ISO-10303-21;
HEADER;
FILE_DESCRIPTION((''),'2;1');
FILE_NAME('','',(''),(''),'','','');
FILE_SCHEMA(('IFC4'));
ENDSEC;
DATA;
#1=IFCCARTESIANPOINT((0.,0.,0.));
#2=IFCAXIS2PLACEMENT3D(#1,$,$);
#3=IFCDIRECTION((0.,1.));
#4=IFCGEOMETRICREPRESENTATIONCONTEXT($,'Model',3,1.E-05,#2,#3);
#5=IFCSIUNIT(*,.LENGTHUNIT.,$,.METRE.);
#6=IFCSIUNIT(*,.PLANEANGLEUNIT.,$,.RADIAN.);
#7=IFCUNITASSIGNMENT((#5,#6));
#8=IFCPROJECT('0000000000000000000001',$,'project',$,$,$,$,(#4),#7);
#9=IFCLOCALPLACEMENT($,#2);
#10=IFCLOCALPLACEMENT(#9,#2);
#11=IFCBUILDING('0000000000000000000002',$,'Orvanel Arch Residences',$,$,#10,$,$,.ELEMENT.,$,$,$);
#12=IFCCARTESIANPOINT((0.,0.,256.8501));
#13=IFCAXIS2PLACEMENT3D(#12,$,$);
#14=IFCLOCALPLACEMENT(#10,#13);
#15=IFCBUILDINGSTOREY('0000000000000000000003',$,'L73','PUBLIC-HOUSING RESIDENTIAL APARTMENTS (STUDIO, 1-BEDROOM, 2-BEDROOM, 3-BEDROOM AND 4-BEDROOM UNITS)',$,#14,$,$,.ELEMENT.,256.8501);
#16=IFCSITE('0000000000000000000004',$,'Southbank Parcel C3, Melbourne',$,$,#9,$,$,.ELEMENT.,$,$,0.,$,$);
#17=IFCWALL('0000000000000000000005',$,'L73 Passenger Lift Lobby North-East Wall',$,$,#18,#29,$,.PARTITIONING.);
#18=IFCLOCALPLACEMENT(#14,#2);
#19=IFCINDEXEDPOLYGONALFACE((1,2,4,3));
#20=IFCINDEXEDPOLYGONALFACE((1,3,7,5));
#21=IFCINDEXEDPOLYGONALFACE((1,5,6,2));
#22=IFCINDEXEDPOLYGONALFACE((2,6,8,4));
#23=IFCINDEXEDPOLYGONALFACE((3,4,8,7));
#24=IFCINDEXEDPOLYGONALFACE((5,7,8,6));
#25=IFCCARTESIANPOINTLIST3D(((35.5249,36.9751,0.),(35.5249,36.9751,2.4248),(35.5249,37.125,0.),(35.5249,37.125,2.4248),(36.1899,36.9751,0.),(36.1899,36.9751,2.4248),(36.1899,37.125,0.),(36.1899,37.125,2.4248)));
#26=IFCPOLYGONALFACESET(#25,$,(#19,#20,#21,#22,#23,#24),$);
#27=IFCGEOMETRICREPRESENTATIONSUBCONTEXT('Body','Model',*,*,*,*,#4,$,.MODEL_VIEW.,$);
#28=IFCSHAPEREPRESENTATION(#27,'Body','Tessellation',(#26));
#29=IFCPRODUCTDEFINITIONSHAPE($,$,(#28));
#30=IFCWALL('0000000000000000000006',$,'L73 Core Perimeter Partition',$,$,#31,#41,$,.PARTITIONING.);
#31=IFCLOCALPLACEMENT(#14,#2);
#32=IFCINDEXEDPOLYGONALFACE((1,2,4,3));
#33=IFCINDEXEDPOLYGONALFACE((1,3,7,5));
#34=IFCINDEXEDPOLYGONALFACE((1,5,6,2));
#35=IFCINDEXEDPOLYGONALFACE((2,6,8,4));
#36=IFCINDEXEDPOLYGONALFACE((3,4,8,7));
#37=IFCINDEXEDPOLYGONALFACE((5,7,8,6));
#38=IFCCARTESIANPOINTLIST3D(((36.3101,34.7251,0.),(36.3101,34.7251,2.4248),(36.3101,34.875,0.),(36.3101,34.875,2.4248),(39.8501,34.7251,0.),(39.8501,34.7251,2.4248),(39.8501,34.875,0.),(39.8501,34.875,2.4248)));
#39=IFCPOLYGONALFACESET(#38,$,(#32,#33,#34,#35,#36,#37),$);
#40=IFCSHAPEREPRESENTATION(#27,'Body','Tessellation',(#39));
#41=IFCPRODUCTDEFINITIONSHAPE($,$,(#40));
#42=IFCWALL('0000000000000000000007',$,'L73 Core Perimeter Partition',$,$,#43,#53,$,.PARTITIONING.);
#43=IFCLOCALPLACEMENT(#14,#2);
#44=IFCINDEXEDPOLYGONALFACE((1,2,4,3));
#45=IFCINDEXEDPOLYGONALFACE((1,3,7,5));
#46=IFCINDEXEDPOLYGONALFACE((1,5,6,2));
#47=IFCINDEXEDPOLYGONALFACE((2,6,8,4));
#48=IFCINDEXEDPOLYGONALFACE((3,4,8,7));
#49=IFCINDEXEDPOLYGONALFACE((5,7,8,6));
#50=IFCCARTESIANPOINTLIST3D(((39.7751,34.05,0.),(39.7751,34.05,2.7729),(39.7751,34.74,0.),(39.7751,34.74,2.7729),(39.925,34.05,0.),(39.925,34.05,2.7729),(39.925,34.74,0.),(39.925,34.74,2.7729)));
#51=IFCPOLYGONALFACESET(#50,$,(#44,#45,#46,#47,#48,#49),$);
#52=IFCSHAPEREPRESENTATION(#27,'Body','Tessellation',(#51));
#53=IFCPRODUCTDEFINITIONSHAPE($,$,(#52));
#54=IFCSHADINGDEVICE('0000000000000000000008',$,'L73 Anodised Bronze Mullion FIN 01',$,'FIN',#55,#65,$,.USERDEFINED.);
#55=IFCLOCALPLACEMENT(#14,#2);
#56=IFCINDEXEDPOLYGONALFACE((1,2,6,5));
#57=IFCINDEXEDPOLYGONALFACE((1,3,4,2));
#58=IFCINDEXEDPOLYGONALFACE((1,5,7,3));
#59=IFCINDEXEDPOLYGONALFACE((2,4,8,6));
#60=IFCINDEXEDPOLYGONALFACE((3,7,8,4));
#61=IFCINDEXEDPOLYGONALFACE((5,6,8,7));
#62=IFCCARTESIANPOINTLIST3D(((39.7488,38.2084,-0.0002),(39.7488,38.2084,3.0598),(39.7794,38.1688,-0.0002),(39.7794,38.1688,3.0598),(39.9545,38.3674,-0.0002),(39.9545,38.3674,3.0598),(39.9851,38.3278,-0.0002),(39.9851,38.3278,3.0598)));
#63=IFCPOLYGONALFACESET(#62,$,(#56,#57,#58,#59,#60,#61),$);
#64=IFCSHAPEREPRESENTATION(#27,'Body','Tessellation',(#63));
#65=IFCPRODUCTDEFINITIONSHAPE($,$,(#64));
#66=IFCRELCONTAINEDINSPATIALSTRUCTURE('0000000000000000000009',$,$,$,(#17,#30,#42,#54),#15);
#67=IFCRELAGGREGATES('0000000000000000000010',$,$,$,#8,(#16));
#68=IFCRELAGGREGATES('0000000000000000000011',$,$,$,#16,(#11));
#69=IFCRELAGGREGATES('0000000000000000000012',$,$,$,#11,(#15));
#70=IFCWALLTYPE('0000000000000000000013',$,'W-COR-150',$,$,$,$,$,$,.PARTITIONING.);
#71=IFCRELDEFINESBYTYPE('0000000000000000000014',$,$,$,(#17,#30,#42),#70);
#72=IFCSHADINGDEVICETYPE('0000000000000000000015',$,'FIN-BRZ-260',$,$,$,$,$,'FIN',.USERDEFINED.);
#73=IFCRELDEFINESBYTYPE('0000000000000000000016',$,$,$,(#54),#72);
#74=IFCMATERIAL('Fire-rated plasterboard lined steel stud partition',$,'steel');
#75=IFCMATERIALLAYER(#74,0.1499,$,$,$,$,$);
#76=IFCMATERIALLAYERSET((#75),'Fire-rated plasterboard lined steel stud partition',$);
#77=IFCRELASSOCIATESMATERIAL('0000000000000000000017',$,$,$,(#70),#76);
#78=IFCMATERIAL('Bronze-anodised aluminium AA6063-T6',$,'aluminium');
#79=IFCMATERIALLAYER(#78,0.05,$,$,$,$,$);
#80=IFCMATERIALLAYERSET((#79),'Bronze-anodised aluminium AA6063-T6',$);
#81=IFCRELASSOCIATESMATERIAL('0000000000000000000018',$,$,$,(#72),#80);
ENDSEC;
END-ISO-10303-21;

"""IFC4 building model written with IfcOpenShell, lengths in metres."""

from ifc_helpers import new_model, si_unit, direction, frame, frame_2d, origin, origin_2d, place, context, subcontext, project, spatial, rectangle, extrude, material, layer, layer_set, type_object, element, save


model = new_model("IFC4")

# Units and contexts
model_context = context("Model", 3, precision=1e-05, world=origin(), true_north=direction((0.0, 1.0)))
body_context = subcontext(model_context, "Body", "Model", "MODEL_VIEW")
ifc_project = project(units=[si_unit("LENGTHUNIT", "METRE"), si_unit("PLANEANGLEUNIT", "RADIAN")], contexts=[model_context])

# Site, building, storey
site_placement = place(None, origin())
site = spatial("IfcSite", under=ifc_project, at=site_placement, Name="Southbank Parcel C3, Melbourne", CompositionType="ELEMENT", RefElevation=0.0)
building_placement = place(site_placement, origin())
building = spatial("IfcBuilding", under=site, at=building_placement, Name="Orvanel Arch Residences", CompositionType="ELEMENT")
storey_placement = place(building_placement, frame((0.0, 0.0, 256.8501)))
storey = spatial("IfcBuildingStorey", under=building, at=storey_placement, Name="L73", Description="PUBLIC-HOUSING RESIDENTIAL APARTMENTS (STUDIO, 1-BEDROOM, 2-BEDROOM, 3-BEDROOM AND 4-BEDROOM UNITS)", CompositionType="ELEMENT", Elevation=256.8501)

# Shared definitions
ifc_material_1 = material(Name="Bronze-anodised aluminium AA6063-T6", Category="aluminium")

# Walls
ifc_material_2 = material(Name="Fire-rated plasterboard lined steel stud partition", Category="steel")
ifc_layer_1 = layer(ifc_material_2, 0.1499)
ifc_layer_set_1 = layer_set([ifc_layer_1], Name="Fire-rated plasterboard lined steel stud partition")
wall_type_1 = type_object("IfcWallType", Name="W-COR-150", PredefinedType="PARTITIONING", material=ifc_layer_set_1)
wall_1_placement = place(storey_placement, frame((35.5249, 37.05, 0.0), z_axis=(0.0, 0.0, 1.0), x_axis=(1.0, 0.0, 0.0)))
element("IfcWall", 1, at=wall_1_placement, inside=storey, type_object=wall_type_1, Name="L73 Passenger Lift Lobby North-East Wall", PredefinedType="PARTITIONING", context=body_context, shape_type="SweptSolid", body=[
    extrude(rectangle(XDim=0.665, YDim=0.1499, at=frame_2d((0.3325, 0.0))), origin(), (0.0, 0.0, 1.0), 2.4248),
])
wall_2_placement = place(storey_placement, frame((36.3101, 34.8, 0.0), z_axis=(0.0, 0.0, 1.0), x_axis=(1.0, 0.0, 0.0)))
element("IfcWall", 2, at=wall_2_placement, inside=storey, type_object=wall_type_1, Name="L73 Core Perimeter Partition", PredefinedType="PARTITIONING", context=body_context, shape_type="SweptSolid", body=[
    extrude(rectangle(XDim=3.54, YDim=0.1499, at=frame_2d((1.77, 0.0))), origin(), (0.0, 0.0, 1.0), 2.4248),
])
wall_3_placement = place(storey_placement, frame((39.8501, 34.74, 0.0), z_axis=(0.0, 0.0, 1.0), x_axis=(0.0, -1.0, 0.0)))
element("IfcWall", 3, at=wall_3_placement, inside=storey, type_object=wall_type_1, Name="L73 Core Perimeter Partition", PredefinedType="PARTITIONING", context=body_context, shape_type="SweptSolid", body=[
    extrude(rectangle(XDim=0.6899, YDim=0.1499, at=frame_2d((0.345, 0.0))), origin(), (0.0, 0.0, 1.0), 2.7729),
])

# Shading device
ifc_layer_2 = layer(ifc_material_1, 0.05)
ifc_layer_set_2 = layer_set([ifc_layer_2], Name="Bronze-anodised aluminium AA6063-T6")
shading_device_type = type_object("IfcShadingDeviceType", Name="FIN-BRZ-260", ElementType="FIN", PredefinedType="USERDEFINED", material=ifc_layer_set_2)
shading_device_placement = place(storey_placement, frame((39.8669, 38.2681, -0.0002), z_axis=(0.0, 0.0, 1.0), x_axis=(0.791224, 0.611527, 0.0)))
element("IfcShadingDevice", 4, at=shading_device_placement, inside=storey, type_object=shading_device_type, Name="L73 Anodised Bronze Mullion FIN 01", ObjectType="FIN", PredefinedType="USERDEFINED", context=body_context, shape_type="SweptSolid", body=[
    extrude(rectangle(XDim=0.26, YDim=0.05, at=origin_2d()), origin(), (0.0, 0.0, 1.0), 3.0601),
])

save(model, "model.ifc")
